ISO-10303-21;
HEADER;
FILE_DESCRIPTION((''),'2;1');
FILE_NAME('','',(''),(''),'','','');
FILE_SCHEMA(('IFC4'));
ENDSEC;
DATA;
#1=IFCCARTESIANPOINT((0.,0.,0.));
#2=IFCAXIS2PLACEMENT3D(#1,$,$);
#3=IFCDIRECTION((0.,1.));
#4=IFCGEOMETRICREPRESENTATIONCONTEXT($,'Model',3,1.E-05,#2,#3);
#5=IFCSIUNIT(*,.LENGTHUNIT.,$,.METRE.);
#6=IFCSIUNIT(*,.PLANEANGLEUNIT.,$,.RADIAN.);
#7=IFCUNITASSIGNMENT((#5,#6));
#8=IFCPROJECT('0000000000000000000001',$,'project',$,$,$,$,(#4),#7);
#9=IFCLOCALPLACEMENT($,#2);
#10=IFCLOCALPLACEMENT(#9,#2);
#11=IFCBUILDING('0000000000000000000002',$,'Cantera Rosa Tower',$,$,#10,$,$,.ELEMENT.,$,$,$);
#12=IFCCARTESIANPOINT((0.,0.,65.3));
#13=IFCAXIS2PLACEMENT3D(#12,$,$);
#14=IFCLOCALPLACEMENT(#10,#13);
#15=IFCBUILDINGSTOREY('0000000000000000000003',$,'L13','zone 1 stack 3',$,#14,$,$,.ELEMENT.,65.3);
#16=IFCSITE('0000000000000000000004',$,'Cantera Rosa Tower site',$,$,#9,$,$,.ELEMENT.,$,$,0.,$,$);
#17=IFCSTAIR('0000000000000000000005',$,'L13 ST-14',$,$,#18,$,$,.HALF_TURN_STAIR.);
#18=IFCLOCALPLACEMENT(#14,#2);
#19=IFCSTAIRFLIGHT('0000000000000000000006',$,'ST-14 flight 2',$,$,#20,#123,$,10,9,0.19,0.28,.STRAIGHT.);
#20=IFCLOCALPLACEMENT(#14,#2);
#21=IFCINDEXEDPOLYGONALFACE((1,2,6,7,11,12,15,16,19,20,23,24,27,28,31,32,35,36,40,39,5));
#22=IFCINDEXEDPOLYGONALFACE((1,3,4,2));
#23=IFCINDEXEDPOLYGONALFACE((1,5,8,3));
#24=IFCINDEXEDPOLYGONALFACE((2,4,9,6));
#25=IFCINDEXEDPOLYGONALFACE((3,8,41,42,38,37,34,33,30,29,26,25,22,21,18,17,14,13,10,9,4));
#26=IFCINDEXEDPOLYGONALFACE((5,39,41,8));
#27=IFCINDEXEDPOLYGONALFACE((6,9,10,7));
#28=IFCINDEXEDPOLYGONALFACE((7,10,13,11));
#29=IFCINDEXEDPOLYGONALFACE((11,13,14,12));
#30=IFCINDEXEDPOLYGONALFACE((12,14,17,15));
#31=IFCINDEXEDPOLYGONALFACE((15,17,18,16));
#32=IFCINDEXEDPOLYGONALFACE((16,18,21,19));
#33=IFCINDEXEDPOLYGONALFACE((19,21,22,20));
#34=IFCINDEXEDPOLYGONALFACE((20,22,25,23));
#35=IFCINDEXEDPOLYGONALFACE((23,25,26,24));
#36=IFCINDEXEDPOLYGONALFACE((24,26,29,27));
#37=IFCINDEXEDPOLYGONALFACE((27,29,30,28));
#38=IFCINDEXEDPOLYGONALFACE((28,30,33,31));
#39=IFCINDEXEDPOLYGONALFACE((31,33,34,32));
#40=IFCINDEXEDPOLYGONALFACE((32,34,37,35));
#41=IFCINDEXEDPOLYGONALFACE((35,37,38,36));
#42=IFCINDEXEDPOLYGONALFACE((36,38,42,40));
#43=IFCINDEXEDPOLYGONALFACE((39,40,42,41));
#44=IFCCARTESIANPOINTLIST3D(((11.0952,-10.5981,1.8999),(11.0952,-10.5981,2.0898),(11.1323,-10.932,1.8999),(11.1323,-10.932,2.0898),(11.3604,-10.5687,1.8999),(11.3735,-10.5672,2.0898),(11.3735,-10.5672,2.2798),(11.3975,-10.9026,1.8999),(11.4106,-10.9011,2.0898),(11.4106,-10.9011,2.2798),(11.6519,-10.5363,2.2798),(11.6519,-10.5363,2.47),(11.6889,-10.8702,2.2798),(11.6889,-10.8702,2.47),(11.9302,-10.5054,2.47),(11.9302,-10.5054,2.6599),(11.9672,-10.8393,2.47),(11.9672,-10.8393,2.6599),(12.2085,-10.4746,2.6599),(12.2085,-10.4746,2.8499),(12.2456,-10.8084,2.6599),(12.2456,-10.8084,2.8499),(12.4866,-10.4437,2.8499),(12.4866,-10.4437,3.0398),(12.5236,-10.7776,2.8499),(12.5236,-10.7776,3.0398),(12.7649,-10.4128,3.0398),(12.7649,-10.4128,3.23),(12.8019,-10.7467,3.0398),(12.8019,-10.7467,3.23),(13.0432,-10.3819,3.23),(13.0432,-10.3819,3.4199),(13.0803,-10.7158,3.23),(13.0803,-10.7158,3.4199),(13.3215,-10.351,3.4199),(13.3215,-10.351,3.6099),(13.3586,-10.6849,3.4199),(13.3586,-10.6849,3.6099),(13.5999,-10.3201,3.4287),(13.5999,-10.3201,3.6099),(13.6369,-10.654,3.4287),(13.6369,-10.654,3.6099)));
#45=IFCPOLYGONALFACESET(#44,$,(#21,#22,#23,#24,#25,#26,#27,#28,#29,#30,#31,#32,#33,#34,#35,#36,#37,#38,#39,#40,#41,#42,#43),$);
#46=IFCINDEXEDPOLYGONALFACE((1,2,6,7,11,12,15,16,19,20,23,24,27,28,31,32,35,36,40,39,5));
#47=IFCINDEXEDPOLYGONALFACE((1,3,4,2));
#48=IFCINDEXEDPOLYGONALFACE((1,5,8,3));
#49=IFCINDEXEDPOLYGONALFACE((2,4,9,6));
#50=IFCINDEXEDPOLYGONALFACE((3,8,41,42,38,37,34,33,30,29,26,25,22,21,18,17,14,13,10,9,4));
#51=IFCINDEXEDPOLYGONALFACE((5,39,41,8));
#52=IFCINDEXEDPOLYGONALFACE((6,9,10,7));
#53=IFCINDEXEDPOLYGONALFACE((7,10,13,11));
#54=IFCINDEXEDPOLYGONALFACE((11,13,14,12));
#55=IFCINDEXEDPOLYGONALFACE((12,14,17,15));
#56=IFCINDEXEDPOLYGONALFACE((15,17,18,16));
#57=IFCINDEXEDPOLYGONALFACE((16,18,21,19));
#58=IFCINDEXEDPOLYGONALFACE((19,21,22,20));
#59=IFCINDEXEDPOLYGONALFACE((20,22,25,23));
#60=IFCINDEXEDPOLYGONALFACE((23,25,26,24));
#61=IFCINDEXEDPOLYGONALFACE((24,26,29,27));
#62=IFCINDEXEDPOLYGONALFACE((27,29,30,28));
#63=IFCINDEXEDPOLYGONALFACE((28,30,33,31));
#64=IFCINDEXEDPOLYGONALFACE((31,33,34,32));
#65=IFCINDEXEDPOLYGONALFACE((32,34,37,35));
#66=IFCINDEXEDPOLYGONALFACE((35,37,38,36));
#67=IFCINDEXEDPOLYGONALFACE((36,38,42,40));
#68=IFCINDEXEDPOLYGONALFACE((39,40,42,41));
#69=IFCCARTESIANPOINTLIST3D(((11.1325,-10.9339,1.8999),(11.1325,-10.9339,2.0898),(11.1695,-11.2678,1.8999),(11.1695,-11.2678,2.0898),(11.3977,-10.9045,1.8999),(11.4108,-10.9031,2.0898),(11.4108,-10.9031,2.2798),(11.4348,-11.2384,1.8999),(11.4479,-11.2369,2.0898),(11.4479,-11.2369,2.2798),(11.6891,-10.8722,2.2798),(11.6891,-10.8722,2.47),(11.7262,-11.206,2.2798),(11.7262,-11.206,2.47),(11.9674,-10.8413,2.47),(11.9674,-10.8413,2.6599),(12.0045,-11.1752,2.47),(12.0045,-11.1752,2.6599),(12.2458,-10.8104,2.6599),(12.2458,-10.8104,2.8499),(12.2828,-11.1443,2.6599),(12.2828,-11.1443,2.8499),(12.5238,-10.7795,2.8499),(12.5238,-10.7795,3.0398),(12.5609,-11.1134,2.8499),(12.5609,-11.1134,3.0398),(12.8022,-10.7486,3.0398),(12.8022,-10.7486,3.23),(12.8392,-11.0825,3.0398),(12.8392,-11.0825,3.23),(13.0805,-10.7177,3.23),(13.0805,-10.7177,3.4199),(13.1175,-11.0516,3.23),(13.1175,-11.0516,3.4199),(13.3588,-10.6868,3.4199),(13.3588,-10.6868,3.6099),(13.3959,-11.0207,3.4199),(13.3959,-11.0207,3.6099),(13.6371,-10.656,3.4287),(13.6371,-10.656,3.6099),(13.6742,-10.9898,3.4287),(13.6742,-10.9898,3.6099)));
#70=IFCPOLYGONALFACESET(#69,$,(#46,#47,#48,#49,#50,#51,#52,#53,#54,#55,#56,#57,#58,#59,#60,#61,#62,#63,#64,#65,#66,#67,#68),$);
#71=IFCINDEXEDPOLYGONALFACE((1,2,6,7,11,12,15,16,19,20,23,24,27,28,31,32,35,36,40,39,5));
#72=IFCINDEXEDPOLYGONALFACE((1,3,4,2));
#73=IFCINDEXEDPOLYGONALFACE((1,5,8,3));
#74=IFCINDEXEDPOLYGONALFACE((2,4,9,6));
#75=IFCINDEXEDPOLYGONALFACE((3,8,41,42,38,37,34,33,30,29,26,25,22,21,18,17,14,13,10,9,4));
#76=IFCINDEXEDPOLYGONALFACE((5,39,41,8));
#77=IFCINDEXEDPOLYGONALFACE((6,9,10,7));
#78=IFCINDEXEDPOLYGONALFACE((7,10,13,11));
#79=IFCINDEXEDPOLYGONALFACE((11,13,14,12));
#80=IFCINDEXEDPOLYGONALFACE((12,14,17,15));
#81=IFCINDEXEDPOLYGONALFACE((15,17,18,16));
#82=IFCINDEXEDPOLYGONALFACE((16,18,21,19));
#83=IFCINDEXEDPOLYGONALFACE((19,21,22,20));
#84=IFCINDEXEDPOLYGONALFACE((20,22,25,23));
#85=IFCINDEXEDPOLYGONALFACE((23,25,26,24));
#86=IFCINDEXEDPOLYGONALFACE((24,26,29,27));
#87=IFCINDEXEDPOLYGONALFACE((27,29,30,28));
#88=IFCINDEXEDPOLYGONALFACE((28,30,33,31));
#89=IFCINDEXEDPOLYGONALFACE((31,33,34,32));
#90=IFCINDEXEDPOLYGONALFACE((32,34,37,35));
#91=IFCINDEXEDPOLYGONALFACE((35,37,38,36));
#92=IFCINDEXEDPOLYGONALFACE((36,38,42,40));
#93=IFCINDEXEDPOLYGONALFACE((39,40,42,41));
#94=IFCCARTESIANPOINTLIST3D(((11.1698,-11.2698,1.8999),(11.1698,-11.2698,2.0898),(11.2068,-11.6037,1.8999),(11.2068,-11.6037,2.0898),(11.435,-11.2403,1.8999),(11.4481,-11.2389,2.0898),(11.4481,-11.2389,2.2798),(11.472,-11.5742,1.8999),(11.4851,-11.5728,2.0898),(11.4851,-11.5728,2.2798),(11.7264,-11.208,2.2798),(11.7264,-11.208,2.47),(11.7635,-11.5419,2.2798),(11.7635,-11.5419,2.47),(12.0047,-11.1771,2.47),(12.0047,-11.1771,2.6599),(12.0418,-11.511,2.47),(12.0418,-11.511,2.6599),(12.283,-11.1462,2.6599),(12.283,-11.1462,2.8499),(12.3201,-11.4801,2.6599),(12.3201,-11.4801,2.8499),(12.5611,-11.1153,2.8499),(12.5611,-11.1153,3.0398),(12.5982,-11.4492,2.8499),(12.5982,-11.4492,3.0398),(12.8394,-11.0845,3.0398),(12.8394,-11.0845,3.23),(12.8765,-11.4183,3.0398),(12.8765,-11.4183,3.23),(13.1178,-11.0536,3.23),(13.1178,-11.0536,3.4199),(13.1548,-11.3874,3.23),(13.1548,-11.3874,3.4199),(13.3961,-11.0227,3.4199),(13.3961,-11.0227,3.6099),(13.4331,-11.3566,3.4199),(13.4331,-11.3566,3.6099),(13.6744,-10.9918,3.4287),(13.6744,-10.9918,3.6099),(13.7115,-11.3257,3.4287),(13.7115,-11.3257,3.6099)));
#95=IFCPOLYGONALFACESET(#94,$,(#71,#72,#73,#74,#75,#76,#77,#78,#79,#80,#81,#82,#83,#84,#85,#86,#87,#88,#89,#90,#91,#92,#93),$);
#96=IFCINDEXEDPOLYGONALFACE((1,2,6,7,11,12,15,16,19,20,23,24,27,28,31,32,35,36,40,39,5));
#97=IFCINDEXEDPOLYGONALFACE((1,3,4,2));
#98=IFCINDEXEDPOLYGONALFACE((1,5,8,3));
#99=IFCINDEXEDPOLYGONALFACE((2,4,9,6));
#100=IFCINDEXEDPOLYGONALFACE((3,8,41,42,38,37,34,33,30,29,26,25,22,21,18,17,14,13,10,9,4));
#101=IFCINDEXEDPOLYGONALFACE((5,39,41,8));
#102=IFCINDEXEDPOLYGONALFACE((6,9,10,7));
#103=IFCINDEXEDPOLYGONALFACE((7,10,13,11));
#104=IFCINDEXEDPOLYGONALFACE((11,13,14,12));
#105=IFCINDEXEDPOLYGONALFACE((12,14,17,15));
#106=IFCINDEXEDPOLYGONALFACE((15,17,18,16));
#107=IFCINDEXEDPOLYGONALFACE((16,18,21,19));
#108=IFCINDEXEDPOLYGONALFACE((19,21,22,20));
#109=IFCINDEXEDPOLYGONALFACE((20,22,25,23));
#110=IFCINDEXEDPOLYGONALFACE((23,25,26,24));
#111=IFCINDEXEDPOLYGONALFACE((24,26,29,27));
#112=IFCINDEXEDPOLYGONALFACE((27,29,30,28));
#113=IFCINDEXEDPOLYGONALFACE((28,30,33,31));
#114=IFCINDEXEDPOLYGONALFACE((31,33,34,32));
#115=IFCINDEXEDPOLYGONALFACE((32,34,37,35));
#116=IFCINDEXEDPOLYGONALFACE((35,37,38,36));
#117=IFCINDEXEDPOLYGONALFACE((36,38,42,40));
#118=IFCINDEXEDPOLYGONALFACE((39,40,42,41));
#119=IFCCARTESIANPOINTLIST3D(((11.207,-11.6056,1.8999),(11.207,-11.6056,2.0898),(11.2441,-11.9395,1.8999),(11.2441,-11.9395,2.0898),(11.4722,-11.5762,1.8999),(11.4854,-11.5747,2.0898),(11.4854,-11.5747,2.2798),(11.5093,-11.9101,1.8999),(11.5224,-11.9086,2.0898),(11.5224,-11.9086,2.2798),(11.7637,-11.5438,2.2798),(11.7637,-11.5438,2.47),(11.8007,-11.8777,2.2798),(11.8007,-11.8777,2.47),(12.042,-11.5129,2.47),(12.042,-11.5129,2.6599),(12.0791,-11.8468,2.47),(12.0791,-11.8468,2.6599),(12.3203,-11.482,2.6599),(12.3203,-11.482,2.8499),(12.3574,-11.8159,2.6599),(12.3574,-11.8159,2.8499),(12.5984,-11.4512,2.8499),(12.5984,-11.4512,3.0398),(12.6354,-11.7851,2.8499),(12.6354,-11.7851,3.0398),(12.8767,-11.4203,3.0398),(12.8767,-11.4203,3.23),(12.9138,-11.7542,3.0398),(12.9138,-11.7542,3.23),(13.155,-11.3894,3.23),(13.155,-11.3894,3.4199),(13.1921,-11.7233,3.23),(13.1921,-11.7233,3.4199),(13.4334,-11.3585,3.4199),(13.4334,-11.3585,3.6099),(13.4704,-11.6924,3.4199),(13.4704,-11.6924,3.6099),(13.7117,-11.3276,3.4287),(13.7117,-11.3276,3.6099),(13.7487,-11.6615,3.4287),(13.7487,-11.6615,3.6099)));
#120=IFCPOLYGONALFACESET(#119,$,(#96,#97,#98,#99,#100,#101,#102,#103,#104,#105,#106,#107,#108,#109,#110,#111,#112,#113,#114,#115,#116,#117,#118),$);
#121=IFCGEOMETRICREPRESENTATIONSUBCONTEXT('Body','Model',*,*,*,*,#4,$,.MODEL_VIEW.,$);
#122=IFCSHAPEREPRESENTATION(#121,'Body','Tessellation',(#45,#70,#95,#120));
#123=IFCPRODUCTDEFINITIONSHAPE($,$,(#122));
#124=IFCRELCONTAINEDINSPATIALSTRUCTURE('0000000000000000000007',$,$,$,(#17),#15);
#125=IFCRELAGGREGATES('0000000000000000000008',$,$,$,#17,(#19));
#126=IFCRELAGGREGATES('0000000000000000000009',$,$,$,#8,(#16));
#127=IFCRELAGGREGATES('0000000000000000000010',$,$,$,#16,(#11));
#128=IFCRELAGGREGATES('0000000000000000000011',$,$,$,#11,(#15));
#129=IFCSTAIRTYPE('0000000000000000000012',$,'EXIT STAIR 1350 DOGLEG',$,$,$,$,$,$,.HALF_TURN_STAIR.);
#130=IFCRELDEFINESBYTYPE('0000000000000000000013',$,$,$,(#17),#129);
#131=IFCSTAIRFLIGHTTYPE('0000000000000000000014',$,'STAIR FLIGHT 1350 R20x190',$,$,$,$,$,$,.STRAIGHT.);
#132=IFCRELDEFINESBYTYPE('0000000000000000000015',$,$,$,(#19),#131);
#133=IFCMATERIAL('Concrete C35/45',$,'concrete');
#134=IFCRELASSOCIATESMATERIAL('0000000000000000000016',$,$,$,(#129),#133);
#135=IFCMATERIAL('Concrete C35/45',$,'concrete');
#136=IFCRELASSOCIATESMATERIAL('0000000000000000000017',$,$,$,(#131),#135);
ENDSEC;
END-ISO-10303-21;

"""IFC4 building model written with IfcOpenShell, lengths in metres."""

from ifc_helpers import new_model, si_unit, direction, frame, origin, place, context, subcontext, project, spatial, polyline, outline, extrude, material, type_object, element, aggregate, save


model = new_model("IFC4")

# Units and contexts
model_context = context("Model", 3, precision=1e-05, world=origin(), true_north=direction((0.0, 1.0)))
body_context = subcontext(model_context, "Body", "Model", "MODEL_VIEW")
ifc_project = project(units=[si_unit("LENGTHUNIT", "METRE"), si_unit("PLANEANGLEUNIT", "RADIAN")], contexts=[model_context])

# Site, building, storey
site_placement = place(None, origin())
site = spatial("IfcSite", under=ifc_project, at=site_placement, Name="Cantera Rosa Tower site", CompositionType="ELEMENT", RefElevation=0.0)
building_placement = place(site_placement, origin())
building = spatial("IfcBuilding", under=site, at=building_placement, Name="Cantera Rosa Tower", CompositionType="ELEMENT")
storey_placement = place(building_placement, frame((0.0, 0.0, 65.3)))
storey = spatial("IfcBuildingStorey", under=building, at=storey_placement, Name="L13", Description="zone 1 stack 3", CompositionType="ELEMENT", Elevation=65.3)

# Stair, stair flight
ifc_material_1 = material(Name="Concrete C35/45", Category="concrete")
stair_type = type_object("IfcStairType", Name="EXIT STAIR 1350 DOGLEG", PredefinedType="HALF_TURN_STAIR", material=ifc_material_1)
stair_placement = place(storey_placement, origin())
stair = element("IfcStair", 1, at=stair_placement, inside=storey, type_object=stair_type, Name="L13 ST-14", PredefinedType="HALF_TURN_STAIR")
ifc_material_2 = material(Name="Concrete C35/45", Category="concrete")
stair_flight_type = type_object("IfcStairFlightType", Name="STAIR FLIGHT 1350 R20x190", PredefinedType="STRAIGHT", material=ifc_material_2)
stair_flight_1_placement = place(storey_placement, frame((11.1697, -11.269, 1.8999), z_axis=(0.0, 0.0, 1.0), x_axis=(0.993897, 0.110313, 0.0)))
stair_flight_1 = element("IfcStairFlight", 2, at=stair_flight_1_placement, type_object=stair_flight_type, Name="ST-14 flight 2", NumberOfRisers=10, NumberOfTreads=9, PredefinedType="STRAIGHT", RiserHeight=0.19, TreadLength=0.28, context=body_context, shape_type="SweptSolid", body=[
    extrude(outline(polyline([(0.0, 0.0), (0.0, 0.1899), (0.28, 0.1899), (0.28, 0.3799), (0.5601, 0.3799), (0.5601, 0.5701), (0.8401, 0.5701), (0.8401, 0.76), (1.1201, 0.76), (1.1201, 0.95), (1.3999, 0.95), (1.3999, 1.1399), (1.6799, 1.1399), (1.6799, 1.3301), (1.96, 1.3301), (1.96, 1.52), (2.24, 1.52), (2.24, 1.71), (2.52, 1.71), (2.52, 1.8999), (2.52, 1.5288), (0.2668, 0.0), (0.0, 0.0)])), frame((0.0, 0.675, 0.0), z_axis=(0.0, -1.0, 0.0), x_axis=(1.0, 0.0, 0.0)), (0.0, 0.0, 1.0), 0.3359),
    extrude(outline(polyline([(0.0, 0.0), (0.0, 0.1899), (0.28, 0.1899), (0.28, 0.3799), (0.5601, 0.3799), (0.5601, 0.5701), (0.8401, 0.5701), (0.8401, 0.76), (1.1201, 0.76), (1.1201, 0.95), (1.3999, 0.95), (1.3999, 1.1399), (1.6799, 1.1399), (1.6799, 1.3301), (1.96, 1.3301), (1.96, 1.52), (2.24, 1.52), (2.24, 1.71), (2.52, 1.71), (2.52, 1.8999), (2.52, 1.5288), (0.2668, 0.0), (0.0, 0.0)])), frame((0.0, 0.3372, 0.0), z_axis=(0.0, -1.0, 0.0), x_axis=(1.0, 0.0, 0.0)), (0.0, 0.0, 1.0), 0.3359),
    extrude(outline(polyline([(0.0, 0.0), (0.0, 0.1899), (0.28, 0.1899), (0.28, 0.3799), (0.5601, 0.3799), (0.5601, 0.5701), (0.8401, 0.5701), (0.8401, 0.76), (1.1201, 0.76), (1.1201, 0.95), (1.3999, 0.95), (1.3999, 1.1399), (1.6799, 1.1399), (1.6799, 1.3301), (1.96, 1.3301), (1.96, 1.52), (2.24, 1.52), (2.24, 1.71), (2.52, 1.71), (2.52, 1.8999), (2.52, 1.5288), (0.2668, 0.0), (0.0, 0.0)])), frame((0.0, -0.0007, 0.0), z_axis=(0.0, -1.0, 0.0), x_axis=(1.0, 0.0, 0.0)), (0.0, 0.0, 1.0), 0.3359),
    extrude(outline(polyline([(0.0, 0.0), (0.0, 0.1899), (0.28, 0.1899), (0.28, 0.3799), (0.5601, 0.3799), (0.5601, 0.5701), (0.8401, 0.5701), (0.8401, 0.76), (1.1201, 0.76), (1.1201, 0.95), (1.3999, 0.95), (1.3999, 1.1399), (1.6799, 1.1399), (1.6799, 1.3301), (1.96, 1.3301), (1.96, 1.52), (2.24, 1.52), (2.24, 1.71), (2.52, 1.71), (2.52, 1.8999), (2.52, 1.5288), (0.2668, 0.0), (0.0, 0.0)])), frame((0.0, -0.3386, 0.0), z_axis=(0.0, -1.0, 0.0), x_axis=(1.0, 0.0, 0.0)), (0.0, 0.0, 1.0), 0.3359),
])
aggregate(stair, [stair_flight_1])

save(model, "model.ifc")
